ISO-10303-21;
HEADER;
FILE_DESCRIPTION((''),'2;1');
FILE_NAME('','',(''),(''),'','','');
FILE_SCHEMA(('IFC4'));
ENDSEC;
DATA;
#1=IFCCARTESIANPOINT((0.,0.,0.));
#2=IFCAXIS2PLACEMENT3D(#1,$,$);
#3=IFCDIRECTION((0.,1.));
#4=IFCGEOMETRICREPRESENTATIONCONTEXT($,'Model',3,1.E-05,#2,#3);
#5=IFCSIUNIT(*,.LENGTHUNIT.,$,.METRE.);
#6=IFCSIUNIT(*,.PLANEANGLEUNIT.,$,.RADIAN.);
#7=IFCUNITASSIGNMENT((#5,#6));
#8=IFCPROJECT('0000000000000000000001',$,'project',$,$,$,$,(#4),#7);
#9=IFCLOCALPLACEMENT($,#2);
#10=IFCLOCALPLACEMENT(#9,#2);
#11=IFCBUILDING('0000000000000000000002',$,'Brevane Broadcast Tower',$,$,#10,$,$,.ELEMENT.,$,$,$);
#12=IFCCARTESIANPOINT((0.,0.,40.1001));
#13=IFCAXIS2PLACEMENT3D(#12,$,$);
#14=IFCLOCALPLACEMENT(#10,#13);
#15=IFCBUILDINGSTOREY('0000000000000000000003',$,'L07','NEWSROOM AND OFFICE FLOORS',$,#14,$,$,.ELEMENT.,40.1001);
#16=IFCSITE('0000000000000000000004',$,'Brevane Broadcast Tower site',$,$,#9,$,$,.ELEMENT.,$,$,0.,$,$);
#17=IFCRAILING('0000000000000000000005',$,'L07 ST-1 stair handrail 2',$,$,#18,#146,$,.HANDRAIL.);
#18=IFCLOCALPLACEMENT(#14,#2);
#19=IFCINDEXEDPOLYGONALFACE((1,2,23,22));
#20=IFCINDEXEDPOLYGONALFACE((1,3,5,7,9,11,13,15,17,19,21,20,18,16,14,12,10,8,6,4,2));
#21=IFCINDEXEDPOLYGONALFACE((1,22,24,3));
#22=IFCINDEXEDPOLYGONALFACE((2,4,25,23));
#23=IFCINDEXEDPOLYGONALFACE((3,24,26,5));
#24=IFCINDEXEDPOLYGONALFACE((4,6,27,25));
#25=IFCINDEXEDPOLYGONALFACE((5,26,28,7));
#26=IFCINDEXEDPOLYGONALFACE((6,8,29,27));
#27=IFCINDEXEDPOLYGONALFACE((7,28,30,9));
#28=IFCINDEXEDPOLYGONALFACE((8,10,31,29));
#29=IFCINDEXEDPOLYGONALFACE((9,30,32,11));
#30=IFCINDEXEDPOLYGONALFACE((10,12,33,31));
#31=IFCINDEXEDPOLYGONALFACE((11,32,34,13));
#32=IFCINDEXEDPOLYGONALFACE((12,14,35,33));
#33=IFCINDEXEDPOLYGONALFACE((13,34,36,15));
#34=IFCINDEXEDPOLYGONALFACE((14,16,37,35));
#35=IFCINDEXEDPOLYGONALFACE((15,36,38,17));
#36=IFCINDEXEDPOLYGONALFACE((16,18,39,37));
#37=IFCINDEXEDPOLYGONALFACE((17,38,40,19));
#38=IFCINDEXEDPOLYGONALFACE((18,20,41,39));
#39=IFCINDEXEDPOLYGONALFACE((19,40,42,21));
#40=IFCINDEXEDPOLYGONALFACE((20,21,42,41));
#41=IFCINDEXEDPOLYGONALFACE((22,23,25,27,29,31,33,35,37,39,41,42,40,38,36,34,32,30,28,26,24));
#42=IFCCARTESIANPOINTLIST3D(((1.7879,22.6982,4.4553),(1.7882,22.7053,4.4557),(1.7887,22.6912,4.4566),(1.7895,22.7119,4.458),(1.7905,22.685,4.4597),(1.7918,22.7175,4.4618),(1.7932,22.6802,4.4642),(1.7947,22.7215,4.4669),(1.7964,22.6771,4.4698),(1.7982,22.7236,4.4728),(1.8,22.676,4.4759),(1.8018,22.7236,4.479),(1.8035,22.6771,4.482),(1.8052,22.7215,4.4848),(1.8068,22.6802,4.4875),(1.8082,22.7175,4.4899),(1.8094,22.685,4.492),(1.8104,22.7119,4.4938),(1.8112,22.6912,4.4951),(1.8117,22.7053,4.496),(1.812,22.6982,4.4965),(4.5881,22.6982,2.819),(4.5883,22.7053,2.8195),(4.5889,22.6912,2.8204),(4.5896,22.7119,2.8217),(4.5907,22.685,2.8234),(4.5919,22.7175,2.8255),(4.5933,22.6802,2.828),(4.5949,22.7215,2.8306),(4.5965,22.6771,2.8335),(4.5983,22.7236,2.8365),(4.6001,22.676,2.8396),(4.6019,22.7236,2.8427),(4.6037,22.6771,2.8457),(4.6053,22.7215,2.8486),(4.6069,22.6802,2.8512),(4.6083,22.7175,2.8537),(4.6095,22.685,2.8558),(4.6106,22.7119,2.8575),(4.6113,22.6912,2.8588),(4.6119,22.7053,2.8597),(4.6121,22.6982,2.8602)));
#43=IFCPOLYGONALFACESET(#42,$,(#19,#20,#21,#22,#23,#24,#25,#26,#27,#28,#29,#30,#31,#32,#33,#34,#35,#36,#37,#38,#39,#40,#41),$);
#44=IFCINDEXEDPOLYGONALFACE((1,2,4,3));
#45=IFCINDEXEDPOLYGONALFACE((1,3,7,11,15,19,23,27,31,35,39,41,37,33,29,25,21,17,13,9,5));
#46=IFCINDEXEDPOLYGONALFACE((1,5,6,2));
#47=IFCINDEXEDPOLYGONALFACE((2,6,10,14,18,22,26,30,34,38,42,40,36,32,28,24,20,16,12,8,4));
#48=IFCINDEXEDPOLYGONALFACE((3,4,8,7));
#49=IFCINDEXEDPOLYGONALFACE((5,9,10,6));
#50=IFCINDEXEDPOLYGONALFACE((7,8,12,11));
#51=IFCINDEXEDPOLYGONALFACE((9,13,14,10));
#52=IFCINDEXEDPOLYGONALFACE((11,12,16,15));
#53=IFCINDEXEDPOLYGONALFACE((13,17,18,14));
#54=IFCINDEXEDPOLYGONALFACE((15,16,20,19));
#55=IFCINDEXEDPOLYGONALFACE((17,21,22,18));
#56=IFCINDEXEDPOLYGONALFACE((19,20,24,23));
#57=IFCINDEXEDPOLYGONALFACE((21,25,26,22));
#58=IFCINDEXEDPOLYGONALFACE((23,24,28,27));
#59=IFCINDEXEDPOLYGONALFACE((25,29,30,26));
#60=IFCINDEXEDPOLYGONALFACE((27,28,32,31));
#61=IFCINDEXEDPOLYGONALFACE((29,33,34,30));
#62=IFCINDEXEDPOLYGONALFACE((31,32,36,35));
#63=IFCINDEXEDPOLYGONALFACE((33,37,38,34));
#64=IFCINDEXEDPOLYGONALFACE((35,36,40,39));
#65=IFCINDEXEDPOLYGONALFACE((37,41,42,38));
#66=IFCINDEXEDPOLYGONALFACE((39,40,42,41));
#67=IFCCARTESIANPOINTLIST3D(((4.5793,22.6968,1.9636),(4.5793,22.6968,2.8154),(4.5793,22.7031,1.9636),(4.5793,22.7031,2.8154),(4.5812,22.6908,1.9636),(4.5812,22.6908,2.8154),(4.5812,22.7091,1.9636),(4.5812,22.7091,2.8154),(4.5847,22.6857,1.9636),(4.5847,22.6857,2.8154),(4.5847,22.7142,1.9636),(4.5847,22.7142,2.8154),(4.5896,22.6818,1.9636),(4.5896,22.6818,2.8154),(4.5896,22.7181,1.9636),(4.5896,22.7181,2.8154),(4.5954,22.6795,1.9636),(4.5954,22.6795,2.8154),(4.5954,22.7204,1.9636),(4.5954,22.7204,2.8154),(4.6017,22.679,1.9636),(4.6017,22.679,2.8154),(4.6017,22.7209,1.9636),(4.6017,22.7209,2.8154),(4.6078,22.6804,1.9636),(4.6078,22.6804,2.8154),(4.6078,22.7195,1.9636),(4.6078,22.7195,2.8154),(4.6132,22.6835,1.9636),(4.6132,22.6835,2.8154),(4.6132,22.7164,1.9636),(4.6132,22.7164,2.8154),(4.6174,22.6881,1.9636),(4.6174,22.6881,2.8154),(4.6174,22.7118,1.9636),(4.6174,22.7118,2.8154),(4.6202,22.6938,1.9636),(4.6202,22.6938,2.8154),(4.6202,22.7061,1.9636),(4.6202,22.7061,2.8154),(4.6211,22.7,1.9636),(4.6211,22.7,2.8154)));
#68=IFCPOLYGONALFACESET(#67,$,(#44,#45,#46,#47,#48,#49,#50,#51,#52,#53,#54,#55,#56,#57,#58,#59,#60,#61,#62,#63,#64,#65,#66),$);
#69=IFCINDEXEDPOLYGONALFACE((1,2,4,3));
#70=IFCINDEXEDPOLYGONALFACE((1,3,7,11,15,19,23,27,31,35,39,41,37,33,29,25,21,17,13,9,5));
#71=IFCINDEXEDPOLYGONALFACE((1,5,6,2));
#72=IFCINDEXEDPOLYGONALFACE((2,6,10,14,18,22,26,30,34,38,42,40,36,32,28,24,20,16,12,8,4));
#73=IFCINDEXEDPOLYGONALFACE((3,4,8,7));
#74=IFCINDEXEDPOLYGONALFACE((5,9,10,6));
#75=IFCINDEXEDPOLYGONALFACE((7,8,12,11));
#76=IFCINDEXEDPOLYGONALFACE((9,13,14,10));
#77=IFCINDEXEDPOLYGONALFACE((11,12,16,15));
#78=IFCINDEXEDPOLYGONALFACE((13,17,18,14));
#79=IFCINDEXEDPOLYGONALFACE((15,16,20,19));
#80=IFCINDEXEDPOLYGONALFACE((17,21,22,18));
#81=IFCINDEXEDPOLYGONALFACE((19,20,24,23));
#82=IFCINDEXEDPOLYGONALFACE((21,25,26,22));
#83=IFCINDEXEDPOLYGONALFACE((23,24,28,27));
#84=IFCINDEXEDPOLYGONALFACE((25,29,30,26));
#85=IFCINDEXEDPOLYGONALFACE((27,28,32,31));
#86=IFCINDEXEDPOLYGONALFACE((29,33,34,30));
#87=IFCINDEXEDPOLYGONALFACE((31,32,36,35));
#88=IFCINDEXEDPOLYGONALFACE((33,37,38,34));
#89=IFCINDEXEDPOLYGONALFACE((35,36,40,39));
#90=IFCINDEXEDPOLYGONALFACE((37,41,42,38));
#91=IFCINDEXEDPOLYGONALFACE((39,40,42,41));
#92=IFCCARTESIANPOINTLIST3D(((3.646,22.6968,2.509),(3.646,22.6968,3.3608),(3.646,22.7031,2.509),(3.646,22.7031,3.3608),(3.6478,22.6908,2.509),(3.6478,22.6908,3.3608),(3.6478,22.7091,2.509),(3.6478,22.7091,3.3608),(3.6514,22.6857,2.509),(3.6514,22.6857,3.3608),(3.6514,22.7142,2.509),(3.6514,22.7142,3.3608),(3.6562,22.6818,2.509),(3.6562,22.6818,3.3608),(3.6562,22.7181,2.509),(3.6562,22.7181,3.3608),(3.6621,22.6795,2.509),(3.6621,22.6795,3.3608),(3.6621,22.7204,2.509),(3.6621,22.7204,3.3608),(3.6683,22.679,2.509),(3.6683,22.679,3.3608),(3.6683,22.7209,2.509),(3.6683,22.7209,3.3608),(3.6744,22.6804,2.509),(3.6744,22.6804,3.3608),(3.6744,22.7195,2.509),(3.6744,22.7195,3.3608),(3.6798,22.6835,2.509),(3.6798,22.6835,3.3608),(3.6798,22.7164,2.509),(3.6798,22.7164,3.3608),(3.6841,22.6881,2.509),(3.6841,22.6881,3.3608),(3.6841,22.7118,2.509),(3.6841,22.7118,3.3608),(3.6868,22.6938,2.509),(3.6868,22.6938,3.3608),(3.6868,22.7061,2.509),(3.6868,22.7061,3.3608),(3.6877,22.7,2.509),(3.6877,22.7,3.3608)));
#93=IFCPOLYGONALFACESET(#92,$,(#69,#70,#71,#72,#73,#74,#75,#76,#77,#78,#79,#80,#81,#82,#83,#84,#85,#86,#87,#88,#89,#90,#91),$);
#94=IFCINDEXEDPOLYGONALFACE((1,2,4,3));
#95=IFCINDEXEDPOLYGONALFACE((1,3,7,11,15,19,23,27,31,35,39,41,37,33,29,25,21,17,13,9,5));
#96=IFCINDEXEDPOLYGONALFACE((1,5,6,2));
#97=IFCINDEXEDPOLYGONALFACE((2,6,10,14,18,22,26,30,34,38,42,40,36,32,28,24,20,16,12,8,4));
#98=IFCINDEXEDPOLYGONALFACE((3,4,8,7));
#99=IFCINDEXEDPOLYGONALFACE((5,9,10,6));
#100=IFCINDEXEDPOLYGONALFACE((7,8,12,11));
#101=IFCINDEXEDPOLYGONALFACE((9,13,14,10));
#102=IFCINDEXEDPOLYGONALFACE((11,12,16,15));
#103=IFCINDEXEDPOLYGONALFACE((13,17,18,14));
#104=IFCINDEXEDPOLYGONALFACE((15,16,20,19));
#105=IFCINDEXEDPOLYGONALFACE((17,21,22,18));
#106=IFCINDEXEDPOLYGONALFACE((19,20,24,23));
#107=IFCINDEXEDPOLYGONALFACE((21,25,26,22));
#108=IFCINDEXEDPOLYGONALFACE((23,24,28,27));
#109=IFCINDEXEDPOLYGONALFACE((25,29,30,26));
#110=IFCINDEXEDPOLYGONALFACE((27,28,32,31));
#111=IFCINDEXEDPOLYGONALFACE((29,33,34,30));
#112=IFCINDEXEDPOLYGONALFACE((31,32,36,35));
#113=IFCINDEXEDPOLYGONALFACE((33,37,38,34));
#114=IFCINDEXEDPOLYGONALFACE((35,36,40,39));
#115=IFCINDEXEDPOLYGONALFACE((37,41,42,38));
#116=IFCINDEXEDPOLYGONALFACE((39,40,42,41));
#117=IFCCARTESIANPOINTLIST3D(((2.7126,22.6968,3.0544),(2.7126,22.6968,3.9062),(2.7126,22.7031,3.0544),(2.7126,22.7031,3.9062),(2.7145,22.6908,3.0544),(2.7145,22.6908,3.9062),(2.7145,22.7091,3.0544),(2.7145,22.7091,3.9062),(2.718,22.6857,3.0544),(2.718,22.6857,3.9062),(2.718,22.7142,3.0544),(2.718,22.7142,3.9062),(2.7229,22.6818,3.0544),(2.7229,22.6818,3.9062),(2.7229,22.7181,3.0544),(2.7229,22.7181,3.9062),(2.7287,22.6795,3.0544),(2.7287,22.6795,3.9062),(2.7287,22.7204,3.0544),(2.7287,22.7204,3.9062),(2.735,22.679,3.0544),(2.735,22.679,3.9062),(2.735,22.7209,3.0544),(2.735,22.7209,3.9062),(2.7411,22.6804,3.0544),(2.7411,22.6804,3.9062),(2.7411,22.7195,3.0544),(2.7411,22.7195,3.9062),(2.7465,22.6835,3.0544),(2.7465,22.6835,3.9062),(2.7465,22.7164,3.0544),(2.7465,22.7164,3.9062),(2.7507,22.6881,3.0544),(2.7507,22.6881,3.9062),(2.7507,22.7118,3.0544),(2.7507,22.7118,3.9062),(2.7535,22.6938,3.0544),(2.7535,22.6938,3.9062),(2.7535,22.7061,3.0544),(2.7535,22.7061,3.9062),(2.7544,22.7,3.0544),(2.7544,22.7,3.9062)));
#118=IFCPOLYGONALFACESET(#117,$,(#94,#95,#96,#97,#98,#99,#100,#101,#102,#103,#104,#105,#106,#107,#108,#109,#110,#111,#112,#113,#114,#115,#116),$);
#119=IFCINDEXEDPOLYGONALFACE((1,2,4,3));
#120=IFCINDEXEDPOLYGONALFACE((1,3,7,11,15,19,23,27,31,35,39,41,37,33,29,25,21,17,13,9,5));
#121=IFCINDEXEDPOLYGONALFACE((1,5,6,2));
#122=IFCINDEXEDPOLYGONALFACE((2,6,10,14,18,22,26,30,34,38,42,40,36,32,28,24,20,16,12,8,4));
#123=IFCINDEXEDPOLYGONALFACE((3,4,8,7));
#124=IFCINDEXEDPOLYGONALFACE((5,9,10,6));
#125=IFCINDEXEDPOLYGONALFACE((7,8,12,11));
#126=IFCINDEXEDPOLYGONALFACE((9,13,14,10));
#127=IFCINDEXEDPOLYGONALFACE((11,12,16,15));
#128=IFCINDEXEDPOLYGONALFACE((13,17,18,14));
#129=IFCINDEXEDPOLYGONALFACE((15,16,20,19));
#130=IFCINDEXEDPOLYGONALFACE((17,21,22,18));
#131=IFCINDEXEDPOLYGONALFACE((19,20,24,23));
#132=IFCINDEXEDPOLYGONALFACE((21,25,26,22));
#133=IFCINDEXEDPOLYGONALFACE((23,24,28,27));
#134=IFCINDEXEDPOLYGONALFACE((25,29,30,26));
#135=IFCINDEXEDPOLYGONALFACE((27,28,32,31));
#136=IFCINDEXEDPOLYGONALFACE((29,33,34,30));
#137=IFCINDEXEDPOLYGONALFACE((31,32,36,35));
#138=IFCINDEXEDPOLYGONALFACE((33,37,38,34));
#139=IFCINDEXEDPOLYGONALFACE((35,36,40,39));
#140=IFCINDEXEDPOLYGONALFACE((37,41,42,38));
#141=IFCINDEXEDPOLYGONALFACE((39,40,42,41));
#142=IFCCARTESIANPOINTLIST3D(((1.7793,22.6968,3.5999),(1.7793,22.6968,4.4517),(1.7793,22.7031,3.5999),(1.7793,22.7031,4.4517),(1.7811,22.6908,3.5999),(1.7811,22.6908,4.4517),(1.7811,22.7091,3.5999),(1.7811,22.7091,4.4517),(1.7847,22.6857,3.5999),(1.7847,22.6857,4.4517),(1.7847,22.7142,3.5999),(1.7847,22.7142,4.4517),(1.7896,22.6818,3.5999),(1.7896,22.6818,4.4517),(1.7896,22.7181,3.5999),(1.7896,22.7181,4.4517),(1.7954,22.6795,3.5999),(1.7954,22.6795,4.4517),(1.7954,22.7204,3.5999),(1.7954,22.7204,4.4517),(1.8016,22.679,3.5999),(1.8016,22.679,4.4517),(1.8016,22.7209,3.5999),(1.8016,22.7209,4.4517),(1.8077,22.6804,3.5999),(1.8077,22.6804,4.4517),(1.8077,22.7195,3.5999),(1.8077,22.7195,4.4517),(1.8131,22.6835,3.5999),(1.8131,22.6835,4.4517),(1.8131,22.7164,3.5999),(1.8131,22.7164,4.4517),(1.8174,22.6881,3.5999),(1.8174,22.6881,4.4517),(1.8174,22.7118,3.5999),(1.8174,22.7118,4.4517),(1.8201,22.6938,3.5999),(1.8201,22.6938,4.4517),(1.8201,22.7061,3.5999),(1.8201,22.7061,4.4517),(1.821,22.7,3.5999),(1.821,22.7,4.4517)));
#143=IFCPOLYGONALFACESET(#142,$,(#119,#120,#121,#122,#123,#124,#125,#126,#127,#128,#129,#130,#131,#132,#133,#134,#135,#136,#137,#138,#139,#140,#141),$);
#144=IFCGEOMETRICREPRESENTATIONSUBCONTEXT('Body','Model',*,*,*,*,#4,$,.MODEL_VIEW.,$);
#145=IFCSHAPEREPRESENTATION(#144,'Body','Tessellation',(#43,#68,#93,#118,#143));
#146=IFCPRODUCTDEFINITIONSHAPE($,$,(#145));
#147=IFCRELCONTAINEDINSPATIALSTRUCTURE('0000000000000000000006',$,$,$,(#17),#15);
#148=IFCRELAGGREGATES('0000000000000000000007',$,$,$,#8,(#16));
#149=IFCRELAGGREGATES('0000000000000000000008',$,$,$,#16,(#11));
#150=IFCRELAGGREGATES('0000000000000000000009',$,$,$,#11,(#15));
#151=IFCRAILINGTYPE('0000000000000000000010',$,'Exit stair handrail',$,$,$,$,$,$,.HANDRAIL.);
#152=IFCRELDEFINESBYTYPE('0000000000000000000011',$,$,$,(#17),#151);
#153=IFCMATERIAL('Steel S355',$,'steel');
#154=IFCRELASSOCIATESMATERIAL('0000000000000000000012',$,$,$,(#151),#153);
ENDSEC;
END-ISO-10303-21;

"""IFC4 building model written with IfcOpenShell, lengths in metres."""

from ifc_helpers import new_model, si_unit, direction, frame, origin, origin_2d, place, context, subcontext, project, spatial, circle, extrude, material, type_object, element, save


model = new_model("IFC4")

# Units and contexts
model_context = context("Model", 3, precision=1e-05, world=origin(), true_north=direction((0.0, 1.0)))
body_context = subcontext(model_context, "Body", "Model", "MODEL_VIEW")
ifc_project = project(units=[si_unit("LENGTHUNIT", "METRE"), si_unit("PLANEANGLEUNIT", "RADIAN")], contexts=[model_context])

# Site, building, storey
site_placement = place(None, origin())
site = spatial("IfcSite", under=ifc_project, at=site_placement, Name="Brevane Broadcast Tower site", CompositionType="ELEMENT", RefElevation=0.0)
building_placement = place(site_placement, origin())
building = spatial("IfcBuilding", under=site, at=building_placement, Name="Brevane Broadcast Tower", CompositionType="ELEMENT")
storey_placement = place(building_placement, frame((0.0, 0.0, 40.1001)))
storey = spatial("IfcBuildingStorey", under=building, at=storey_placement, Name="L07", Description="NEWSROOM AND OFFICE FLOORS", CompositionType="ELEMENT", Elevation=40.1001)

# Railing
ifc_material_1 = material(Name="Steel S355", Category="steel")
railing_type_1 = type_object("IfcRailingType", Name="Exit stair handrail", PredefinedType="HANDRAIL", material=ifc_material_1)
railing_1_placement = place(storey_placement, frame((4.6001, 22.7, 1.9636)))
element("IfcRailing", 1, at=railing_1_placement, inside=storey, type_object=railing_type_1, Name="L07 ST-1 stair handrail 2", PredefinedType="HANDRAIL", context=body_context, shape_type="SweptSolid", body=[
    extrude(circle(Radius=0.0239, at=origin_2d()), frame((0.0, 0.0, 0.876), z_axis=(-0.863394, 0.0, 0.504531), x_axis=(0.0, -1.0, 0.0)), (0.0, 0.0, 1.0), 3.2432),
    extrude(circle(Radius=0.021, at=origin_2d()), origin(), (0.0, 0.0, 1.0), 0.8518),
    extrude(circle(Radius=0.021, at=origin_2d()), frame((-0.9333, 0.0, 0.5454)), (0.0, 0.0, 1.0), 0.8518),
    extrude(circle(Radius=0.021, at=origin_2d()), frame((-1.8667, 0.0, 1.0908)), (0.0, 0.0, 1.0), 0.8518),
    extrude(circle(Radius=0.021, at=origin_2d()), frame((-2.8, 0.0, 1.6362)), (0.0, 0.0, 1.0), 0.8518),
])

save(model, "model.ifc")
